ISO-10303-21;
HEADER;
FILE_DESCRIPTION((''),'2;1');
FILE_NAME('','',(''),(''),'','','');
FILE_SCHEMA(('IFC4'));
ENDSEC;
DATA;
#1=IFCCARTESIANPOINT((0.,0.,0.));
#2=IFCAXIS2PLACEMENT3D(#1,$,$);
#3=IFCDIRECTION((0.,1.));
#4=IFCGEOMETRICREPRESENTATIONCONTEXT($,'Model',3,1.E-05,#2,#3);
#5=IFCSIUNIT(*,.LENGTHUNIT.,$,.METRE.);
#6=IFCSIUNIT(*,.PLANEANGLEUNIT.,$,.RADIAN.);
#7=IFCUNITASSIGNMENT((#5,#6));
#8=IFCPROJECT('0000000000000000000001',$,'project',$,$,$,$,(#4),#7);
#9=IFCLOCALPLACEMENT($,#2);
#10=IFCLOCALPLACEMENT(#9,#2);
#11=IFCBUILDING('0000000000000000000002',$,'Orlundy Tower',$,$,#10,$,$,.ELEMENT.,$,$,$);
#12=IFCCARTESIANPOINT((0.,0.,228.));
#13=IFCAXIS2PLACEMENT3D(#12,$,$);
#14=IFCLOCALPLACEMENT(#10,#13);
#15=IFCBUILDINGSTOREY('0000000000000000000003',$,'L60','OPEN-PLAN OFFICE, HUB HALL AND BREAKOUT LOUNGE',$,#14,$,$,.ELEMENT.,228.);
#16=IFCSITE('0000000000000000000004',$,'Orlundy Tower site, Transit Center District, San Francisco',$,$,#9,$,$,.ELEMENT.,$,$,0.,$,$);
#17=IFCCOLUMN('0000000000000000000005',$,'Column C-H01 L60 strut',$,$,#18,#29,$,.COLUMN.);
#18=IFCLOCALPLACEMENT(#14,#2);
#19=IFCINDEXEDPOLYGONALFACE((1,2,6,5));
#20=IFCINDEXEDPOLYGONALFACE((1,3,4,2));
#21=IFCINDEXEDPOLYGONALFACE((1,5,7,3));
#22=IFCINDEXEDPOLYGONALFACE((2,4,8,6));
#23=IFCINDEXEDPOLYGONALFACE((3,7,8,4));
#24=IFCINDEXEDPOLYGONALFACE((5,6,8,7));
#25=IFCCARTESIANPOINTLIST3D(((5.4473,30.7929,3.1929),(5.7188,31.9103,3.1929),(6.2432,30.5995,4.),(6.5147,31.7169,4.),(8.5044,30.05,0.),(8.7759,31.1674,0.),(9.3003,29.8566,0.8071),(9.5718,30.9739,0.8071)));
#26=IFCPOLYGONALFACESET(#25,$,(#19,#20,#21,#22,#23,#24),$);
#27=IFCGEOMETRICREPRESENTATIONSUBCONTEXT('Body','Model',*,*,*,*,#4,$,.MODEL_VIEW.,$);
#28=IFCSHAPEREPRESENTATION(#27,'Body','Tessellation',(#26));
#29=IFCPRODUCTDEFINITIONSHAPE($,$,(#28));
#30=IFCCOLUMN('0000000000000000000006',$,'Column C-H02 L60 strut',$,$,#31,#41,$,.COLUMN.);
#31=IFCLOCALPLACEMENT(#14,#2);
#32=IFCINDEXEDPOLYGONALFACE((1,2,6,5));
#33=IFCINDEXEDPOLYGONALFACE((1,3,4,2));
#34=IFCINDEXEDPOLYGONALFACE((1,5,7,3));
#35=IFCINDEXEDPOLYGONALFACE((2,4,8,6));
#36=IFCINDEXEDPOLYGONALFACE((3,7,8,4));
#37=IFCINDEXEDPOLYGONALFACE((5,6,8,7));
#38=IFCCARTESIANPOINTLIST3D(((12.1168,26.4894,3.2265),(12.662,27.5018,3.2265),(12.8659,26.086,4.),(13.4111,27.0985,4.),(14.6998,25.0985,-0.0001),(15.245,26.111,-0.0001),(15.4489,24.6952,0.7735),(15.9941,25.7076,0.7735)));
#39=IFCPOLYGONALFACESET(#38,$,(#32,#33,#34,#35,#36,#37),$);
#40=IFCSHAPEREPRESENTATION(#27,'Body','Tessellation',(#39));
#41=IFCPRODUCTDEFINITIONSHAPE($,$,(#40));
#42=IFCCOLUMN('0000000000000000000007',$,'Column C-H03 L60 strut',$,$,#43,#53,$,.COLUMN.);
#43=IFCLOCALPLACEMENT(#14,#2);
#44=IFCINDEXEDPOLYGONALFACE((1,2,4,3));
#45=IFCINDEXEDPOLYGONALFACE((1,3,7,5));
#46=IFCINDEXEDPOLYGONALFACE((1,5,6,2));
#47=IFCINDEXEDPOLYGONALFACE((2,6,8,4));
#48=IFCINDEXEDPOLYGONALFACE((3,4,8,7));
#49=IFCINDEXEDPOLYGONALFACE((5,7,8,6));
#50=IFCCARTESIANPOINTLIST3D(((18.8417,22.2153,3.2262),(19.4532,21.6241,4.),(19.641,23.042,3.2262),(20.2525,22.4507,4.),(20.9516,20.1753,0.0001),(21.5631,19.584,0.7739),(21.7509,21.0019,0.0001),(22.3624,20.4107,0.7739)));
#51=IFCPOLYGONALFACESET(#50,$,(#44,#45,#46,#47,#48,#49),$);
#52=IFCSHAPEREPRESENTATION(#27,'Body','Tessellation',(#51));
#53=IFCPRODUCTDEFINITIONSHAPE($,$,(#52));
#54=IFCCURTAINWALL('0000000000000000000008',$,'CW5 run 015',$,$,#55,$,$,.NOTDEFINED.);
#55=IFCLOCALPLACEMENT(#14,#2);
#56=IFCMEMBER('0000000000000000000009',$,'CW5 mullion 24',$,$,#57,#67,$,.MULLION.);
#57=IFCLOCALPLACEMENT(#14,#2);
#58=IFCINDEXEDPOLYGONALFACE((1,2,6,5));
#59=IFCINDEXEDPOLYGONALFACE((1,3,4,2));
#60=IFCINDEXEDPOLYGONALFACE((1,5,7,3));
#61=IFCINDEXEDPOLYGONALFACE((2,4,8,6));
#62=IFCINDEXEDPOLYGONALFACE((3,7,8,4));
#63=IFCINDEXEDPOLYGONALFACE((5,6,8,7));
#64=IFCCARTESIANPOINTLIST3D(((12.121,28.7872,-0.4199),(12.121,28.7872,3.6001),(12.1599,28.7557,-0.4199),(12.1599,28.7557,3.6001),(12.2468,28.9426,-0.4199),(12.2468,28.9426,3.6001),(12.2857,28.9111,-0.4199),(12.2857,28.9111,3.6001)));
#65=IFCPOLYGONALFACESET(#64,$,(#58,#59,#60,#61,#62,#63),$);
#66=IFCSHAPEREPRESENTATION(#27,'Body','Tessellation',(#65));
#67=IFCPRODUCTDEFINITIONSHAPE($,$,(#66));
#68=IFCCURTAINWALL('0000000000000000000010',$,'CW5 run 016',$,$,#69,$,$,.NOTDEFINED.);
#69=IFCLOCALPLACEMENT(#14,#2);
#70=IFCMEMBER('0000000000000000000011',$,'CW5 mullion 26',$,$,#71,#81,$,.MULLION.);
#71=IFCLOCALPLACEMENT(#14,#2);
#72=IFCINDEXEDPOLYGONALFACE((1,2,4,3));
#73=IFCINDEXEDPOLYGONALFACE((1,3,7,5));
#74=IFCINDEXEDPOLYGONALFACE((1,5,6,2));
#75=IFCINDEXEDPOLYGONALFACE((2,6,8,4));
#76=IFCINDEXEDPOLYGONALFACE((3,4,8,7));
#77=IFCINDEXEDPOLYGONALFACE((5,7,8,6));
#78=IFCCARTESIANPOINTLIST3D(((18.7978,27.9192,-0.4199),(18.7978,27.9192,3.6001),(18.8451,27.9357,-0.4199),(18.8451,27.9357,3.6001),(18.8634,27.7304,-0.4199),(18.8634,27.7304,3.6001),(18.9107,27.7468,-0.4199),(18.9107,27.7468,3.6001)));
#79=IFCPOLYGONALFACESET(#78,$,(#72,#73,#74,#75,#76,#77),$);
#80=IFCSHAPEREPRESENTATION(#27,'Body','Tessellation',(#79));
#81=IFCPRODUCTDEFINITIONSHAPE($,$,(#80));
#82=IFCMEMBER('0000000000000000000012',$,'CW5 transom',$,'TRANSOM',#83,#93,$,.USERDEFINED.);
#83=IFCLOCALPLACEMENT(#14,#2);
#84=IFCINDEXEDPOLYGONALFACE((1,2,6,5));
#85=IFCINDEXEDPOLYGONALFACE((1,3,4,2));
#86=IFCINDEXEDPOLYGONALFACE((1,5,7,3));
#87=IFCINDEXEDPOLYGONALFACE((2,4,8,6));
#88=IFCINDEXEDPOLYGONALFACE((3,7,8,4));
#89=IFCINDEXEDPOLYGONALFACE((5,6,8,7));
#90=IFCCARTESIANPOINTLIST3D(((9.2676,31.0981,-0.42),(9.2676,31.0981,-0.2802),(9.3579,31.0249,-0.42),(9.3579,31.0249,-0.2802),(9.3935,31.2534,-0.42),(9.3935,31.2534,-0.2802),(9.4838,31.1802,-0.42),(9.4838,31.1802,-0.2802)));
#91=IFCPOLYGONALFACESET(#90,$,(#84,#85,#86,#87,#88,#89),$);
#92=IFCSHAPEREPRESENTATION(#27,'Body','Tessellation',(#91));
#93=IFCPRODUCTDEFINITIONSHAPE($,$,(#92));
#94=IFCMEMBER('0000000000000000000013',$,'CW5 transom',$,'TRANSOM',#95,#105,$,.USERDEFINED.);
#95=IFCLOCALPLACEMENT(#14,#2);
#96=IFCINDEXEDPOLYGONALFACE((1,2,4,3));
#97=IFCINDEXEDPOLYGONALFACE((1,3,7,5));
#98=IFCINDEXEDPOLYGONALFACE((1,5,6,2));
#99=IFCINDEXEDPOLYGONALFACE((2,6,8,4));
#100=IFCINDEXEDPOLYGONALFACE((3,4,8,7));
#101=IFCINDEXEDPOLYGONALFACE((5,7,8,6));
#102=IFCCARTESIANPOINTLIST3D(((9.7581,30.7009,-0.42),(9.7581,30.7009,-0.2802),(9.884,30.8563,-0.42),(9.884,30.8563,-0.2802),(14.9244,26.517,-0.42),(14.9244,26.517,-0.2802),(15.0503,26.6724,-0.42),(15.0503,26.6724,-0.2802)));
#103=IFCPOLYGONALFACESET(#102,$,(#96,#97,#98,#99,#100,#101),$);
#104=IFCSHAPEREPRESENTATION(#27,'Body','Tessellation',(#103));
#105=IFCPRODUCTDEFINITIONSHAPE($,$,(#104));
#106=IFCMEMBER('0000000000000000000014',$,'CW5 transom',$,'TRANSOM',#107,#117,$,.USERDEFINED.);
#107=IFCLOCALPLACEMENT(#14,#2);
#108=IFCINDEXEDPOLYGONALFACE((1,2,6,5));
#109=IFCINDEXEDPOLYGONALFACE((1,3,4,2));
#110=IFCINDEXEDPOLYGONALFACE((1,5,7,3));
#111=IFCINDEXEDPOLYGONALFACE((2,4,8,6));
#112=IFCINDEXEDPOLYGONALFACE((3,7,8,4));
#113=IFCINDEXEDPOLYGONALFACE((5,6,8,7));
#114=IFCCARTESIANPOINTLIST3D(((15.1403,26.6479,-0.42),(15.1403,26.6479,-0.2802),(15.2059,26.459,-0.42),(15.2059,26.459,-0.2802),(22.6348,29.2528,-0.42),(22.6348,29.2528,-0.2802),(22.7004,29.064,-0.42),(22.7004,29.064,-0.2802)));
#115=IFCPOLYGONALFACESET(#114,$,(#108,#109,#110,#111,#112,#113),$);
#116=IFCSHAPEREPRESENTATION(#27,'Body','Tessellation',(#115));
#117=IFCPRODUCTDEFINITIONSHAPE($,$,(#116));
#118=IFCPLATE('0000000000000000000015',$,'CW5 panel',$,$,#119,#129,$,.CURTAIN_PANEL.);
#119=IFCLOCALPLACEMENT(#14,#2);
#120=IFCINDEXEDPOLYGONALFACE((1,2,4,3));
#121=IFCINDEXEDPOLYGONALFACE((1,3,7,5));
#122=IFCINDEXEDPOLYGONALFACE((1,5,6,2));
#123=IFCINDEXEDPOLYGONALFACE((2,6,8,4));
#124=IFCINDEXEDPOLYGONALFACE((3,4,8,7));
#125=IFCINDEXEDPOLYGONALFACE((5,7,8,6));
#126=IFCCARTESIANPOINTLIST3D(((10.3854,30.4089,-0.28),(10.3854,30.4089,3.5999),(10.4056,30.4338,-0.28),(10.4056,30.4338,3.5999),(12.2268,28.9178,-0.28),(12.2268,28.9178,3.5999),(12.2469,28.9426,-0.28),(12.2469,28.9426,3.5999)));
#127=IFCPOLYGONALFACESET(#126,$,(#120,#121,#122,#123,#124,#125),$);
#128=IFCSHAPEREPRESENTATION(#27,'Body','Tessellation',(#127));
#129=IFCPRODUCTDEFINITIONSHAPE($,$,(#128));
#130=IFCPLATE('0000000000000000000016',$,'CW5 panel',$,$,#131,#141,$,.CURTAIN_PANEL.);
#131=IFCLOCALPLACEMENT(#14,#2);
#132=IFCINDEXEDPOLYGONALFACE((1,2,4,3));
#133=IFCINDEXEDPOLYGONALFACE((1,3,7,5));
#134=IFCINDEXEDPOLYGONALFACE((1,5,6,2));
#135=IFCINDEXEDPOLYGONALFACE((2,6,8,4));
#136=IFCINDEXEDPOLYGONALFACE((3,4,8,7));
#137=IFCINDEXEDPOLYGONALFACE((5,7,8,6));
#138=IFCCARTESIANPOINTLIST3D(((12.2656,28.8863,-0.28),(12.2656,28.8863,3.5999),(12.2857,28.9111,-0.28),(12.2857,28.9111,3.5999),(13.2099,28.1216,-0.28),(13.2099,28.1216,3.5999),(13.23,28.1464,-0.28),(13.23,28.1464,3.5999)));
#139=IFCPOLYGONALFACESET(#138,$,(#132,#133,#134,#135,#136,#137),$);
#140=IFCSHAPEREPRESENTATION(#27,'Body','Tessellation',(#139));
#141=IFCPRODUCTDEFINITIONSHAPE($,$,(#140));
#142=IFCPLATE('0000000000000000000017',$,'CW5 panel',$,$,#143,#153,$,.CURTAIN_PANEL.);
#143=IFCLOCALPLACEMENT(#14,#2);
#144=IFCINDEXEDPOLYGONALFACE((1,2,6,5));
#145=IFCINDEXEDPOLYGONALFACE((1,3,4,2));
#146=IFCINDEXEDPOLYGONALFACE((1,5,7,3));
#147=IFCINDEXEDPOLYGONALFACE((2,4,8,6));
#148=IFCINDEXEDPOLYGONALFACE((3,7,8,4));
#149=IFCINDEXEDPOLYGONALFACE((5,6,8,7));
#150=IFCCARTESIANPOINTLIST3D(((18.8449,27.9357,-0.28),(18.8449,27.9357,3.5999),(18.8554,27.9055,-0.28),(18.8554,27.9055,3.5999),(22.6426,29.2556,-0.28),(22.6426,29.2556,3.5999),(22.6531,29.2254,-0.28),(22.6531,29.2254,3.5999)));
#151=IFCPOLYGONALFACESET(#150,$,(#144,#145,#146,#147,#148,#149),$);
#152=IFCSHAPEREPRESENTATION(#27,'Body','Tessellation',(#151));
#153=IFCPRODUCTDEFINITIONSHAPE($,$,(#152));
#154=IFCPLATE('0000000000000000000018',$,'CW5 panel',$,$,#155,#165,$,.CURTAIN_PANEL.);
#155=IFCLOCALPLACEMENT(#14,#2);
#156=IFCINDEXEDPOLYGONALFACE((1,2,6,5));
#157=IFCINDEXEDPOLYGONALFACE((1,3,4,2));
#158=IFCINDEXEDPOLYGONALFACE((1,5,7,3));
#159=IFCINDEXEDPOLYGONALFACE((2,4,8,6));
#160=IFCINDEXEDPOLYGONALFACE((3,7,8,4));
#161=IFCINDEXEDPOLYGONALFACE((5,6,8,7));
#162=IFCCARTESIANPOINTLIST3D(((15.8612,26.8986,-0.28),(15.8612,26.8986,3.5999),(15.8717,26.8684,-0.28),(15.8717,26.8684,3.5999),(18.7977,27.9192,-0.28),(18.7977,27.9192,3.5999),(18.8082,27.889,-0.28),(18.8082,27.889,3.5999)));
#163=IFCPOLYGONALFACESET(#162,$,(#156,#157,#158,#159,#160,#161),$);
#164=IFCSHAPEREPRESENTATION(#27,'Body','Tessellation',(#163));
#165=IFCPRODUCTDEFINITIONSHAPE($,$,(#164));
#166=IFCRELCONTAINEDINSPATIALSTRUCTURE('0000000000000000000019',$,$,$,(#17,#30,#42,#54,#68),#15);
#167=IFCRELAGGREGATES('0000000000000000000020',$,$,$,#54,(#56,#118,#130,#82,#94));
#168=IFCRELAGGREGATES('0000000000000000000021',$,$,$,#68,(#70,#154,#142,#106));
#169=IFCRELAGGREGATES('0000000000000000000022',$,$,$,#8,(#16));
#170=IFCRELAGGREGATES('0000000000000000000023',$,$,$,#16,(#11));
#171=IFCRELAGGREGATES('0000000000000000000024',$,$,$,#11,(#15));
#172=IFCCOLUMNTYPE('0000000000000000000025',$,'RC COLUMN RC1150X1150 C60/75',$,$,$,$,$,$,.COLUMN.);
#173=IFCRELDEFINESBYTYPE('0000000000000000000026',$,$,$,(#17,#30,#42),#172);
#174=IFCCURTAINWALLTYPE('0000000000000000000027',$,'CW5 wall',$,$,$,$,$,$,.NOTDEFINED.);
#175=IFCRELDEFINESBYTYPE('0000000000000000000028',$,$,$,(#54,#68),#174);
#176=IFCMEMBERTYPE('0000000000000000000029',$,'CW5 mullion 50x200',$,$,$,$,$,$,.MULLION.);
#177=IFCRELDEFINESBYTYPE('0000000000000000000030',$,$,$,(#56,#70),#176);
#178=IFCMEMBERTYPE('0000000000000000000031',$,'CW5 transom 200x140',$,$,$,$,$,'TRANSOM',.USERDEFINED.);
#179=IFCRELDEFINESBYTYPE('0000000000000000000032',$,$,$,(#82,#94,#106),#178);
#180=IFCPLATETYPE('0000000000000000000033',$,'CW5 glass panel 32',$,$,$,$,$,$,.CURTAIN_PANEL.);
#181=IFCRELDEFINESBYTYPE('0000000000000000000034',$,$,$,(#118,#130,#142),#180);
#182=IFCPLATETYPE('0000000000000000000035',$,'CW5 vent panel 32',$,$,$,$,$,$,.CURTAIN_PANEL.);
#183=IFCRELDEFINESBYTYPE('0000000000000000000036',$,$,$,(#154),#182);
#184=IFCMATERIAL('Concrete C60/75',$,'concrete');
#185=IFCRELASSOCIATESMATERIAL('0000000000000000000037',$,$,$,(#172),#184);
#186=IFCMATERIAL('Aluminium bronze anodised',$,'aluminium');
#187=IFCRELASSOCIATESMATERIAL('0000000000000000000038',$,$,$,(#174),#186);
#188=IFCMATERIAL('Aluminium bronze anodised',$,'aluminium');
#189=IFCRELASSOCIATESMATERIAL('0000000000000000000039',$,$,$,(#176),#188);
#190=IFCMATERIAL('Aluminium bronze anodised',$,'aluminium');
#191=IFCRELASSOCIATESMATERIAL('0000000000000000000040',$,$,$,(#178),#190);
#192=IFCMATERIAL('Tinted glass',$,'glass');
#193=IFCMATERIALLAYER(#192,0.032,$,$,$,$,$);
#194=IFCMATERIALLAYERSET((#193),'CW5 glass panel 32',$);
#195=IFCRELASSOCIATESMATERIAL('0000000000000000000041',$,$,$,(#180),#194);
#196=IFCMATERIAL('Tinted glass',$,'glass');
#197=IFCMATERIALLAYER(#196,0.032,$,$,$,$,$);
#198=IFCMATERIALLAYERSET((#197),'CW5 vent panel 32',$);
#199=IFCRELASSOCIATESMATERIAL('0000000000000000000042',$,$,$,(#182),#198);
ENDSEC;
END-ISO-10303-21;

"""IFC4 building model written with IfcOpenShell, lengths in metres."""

from ifc_helpers import new_model, si_unit, direction, frame, origin, origin_2d, place, context, subcontext, project, spatial, rectangle, extrude, material, layer, layer_set, material_profile, profile_set, type_object, element, aggregate, save


model = new_model("IFC4")

# Units and contexts
model_context = context("Model", 3, precision=1e-05, world=origin(), true_north=direction((0.0, 1.0)))
body_context = subcontext(model_context, "Body", "Model", "MODEL_VIEW")
ifc_project = project(units=[si_unit("LENGTHUNIT", "METRE"), si_unit("PLANEANGLEUNIT", "RADIAN")], contexts=[model_context])

# Site, building, storey
site_placement = place(None, origin())
site = spatial("IfcSite", under=ifc_project, at=site_placement, Name="Orlundy Tower site, Transit Center District, San Francisco", CompositionType="ELEMENT", RefElevation=0.0)
building_placement = place(site_placement, origin())
building = spatial("IfcBuilding", under=site, at=building_placement, Name="Orlundy Tower", CompositionType="ELEMENT")
storey_placement = place(building_placement, frame((0.0, 0.0, 228.0)))
storey = spatial("IfcBuildingStorey", under=building, at=storey_placement, Name="L60", Description="OPEN-PLAN OFFICE, HUB HALL AND BREAKOUT LOUNGE", CompositionType="ELEMENT", Elevation=228.0)

# Columns
ifc_material_1 = material(Name="Concrete C60/75", Category="concrete")
ifc_material_profile_1 = material_profile(ifc_material_1, rectangle(XDim=1.1499, YDim=1.1499, at=origin_2d()), Name="RC1150X1150")
ifc_profile_set_1 = profile_set([ifc_material_profile_1], Name="Concrete C60/75")
column_type = type_object("IfcColumnType", Name="RC COLUMN RC1150X1150 C60/75", PredefinedType="COLUMN", material=ifc_profile_set_1)
column_1_placement = place(storey_placement, frame((9.0381, 30.512, 0.4036), z_axis=(-0.682021, 0.16574, 0.712304), x_axis=(-0.23614, -0.971719, 0.0)))
element("IfcColumn", 1, at=column_1_placement, inside=storey, type_object=column_type, Name="Column C-H01 L60 strut", PredefinedType="COLUMN", context=body_context, shape_type="SweptSolid", body=[
    extrude(rectangle(XDim=1.1499, YDim=1.1499, at=origin_2d()), origin(), (0.0, 0.0, 1.0), 4.4824),
])
column_2_placement = place(storey_placement, frame((15.3469, 25.4031, 0.3867), z_axis=(-0.592315, 0.318943, 0.73989), x_axis=(-0.474105, -0.880468, 0.0)))
element("IfcColumn", 2, at=column_2_placement, inside=storey, type_object=column_type, Name="Column C-H02 L60 strut", PredefinedType="COLUMN", context=body_context, shape_type="SweptSolid", body=[
    extrude(rectangle(XDim=1.1499, YDim=1.1499, at=origin_2d()), origin(), (0.0, 0.0, 1.0), 4.3608),
])
column_3_placement = place(storey_placement, frame((21.657, 20.293, 0.387), z_axis=(-0.483771, 0.467761, 0.739707), x_axis=(-0.695111, -0.718902, 0.0)))
element("IfcColumn", 3, at=column_3_placement, inside=storey, type_object=column_type, Name="Column C-H03 L60 strut", PredefinedType="COLUMN", context=body_context, shape_type="SweptSolid", body=[
    extrude(rectangle(XDim=1.1499, YDim=1.1499, at=origin_2d()), origin(), (0.0, 0.0, 1.0), 4.3613),
])

# Curtain walls, members
ifc_material_2 = material(Name="Aluminium bronze anodised", Category="aluminium")
curtain_wall_type = type_object("IfcCurtainWallType", Name="CW5 wall", PredefinedType="NOTDEFINED", material=ifc_material_2)
curtain_wall_1_placement = place(storey_placement, origin())
curtain_wall_1 = element("IfcCurtainWall", 4, at=curtain_wall_1_placement, inside=storey, type_object=curtain_wall_type, Name="CW5 run 015", PredefinedType="NOTDEFINED")
ifc_material_3 = material(Name="Aluminium bronze anodised", Category="aluminium")
ifc_material_profile_2 = material_profile(ifc_material_3, rectangle(XDim=0.2, YDim=0.05, at=origin_2d()), Name="CW5 mullion 50x200")
ifc_profile_set_2 = profile_set([ifc_material_profile_2], Name="Aluminium bronze anodised")
member_type_1 = type_object("IfcMemberType", Name="CW5 mullion 50x200", PredefinedType="MULLION", material=ifc_profile_set_2)
member_1_placement = place(storey_placement, frame((12.2034, 28.8491, -0.4199), z_axis=(0.0, 0.0, 1.0), x_axis=(0.629344, 0.777127, 0.0)))
member_1 = element("IfcMember", 5, at=member_1_placement, type_object=member_type_1, Name="CW5 mullion 24", PredefinedType="MULLION", context=body_context, shape_type="SweptSolid", body=[
    extrude(rectangle(XDim=0.2, YDim=0.05, at=origin_2d()), origin(), (0.0, 0.0, 1.0), 4.02),
])
curtain_wall_2_placement = place(storey_placement, origin())
curtain_wall_2 = element("IfcCurtainWall", 6, at=curtain_wall_2_placement, inside=storey, type_object=curtain_wall_type, Name="CW5 run 016", PredefinedType="NOTDEFINED")
member_2_placement = place(storey_placement, frame((18.8542, 27.833, -0.4199), z_axis=(0.0, 0.0, 1.0), x_axis=(-0.328305, 0.944572, 0.0)))
member_2 = element("IfcMember", 7, at=member_2_placement, type_object=member_type_1, Name="CW5 mullion 26", PredefinedType="MULLION", context=body_context, shape_type="SweptSolid", body=[
    extrude(rectangle(XDim=0.2, YDim=0.05, at=origin_2d()), origin(), (0.0, 0.0, 1.0), 4.02),
])

# Members
ifc_material_4 = material(Name="Aluminium bronze anodised", Category="aluminium")
ifc_material_profile_3 = material_profile(ifc_material_4, rectangle(XDim=0.2, YDim=0.1399, at=origin_2d()), Name="CW5 transom 200x140")
ifc_profile_set_3 = profile_set([ifc_material_profile_3], Name="Aluminium bronze anodised")
member_type_2 = type_object("IfcMemberType", Name="CW5 transom 200x140", ElementType="TRANSOM", PredefinedType="USERDEFINED", material=ifc_profile_set_3)
member_3_placement = place(storey_placement, frame((9.3306, 31.1758, -0.3501), z_axis=(0.776756, -0.629802, 0.0), x_axis=(0.629802, 0.776756, 0.0)))
member_3 = element("IfcMember", 8, at=member_3_placement, type_object=member_type_2, Name="CW5 transom", ObjectType="TRANSOM", PredefinedType="USERDEFINED", context=body_context, shape_type="SweptSolid", body=[
    extrude(rectangle(XDim=0.2, YDim=0.1399, at=origin_2d()), origin(), (0.0, 0.0, 1.0), 0.1162),
])
member_4_placement = place(storey_placement, frame((9.821, 30.7786, -0.3501), z_axis=(0.777125, -0.629346, 0.0), x_axis=(0.629346, 0.777125, 0.0)))
member_4 = element("IfcMember", 9, at=member_4_placement, type_object=member_type_2, Name="CW5 transom", ObjectType="TRANSOM", PredefinedType="USERDEFINED", context=body_context, shape_type="SweptSolid", body=[
    extrude(rectangle(XDim=0.2, YDim=0.1399, at=origin_2d()), origin(), (0.0, 0.0, 1.0), 6.6479),
])
member_5_placement = place(storey_placement, frame((15.1731, 26.5535, -0.3501), z_axis=(0.944569, 0.328313, 0.0), x_axis=(-0.328313, 0.944569, 0.0)))
member_5 = element("IfcMember", 10, at=member_5_placement, type_object=member_type_2, Name="CW5 transom", ObjectType="TRANSOM", PredefinedType="USERDEFINED", context=body_context, shape_type="SweptSolid", body=[
    extrude(rectangle(XDim=0.2, YDim=0.1399, at=origin_2d()), origin(), (0.0, 0.0, 1.0), 7.9343),
])

# Plates
ifc_material_5 = material(Name="Tinted glass", Category="glass")
ifc_layer_1 = layer(ifc_material_5, 0.032)
ifc_layer_set_1 = layer_set([ifc_layer_1], Name="CW5 glass panel 32")
plate_type_1 = type_object("IfcPlateType", Name="CW5 glass panel 32", PredefinedType="CURTAIN_PANEL", material=ifc_layer_set_1)
plate_1_placement = place(storey_placement, frame((11.3162, 29.6758, -0.28), z_axis=(0.0, 0.0, 1.0), x_axis=(0.777127, -0.629344, 0.0)))
plate_1 = element("IfcPlate", 11, at=plate_1_placement, type_object=plate_type_1, Name="CW5 panel", PredefinedType="CURTAIN_PANEL", context=body_context, shape_type="SweptSolid", body=[
    extrude(rectangle(XDim=2.3694, YDim=0.032, at=origin_2d()), origin(), (0.0, 0.0, 1.0), 3.8799),
])
plate_2_placement = place(storey_placement, frame((12.7478, 28.5164, -0.28), z_axis=(0.0, 0.0, 1.0), x_axis=(0.777127, -0.629344, 0.0)))
plate_2 = element("IfcPlate", 12, at=plate_2_placement, type_object=plate_type_1, Name="CW5 panel", PredefinedType="CURTAIN_PANEL", context=body_context, shape_type="SweptSolid", body=[
    extrude(rectangle(XDim=1.2151, YDim=0.032, at=origin_2d()), origin(), (0.0, 0.0, 1.0), 3.8799),
])
aggregate(curtain_wall_1, [member_1, plate_1, plate_2, member_3, member_4])
plate_3_placement = place(storey_placement, frame((20.749, 28.5806, -0.28), z_axis=(0.0, 0.0, 1.0), x_axis=(0.944572, 0.328305, 0.0)))
plate_3 = element("IfcPlate", 13, at=plate_3_placement, type_object=plate_type_1, Name="CW5 panel", PredefinedType="CURTAIN_PANEL", context=body_context, shape_type="SweptSolid", body=[
    extrude(rectangle(XDim=4.0205, YDim=0.032, at=origin_2d()), origin(), (0.0, 0.0, 1.0), 3.8799),
])
ifc_material_6 = material(Name="Tinted glass", Category="glass")
ifc_layer_2 = layer(ifc_material_6, 0.032)
ifc_layer_set_2 = layer_set([ifc_layer_2], Name="CW5 vent panel 32")
plate_type_2 = type_object("IfcPlateType", Name="CW5 vent panel 32", PredefinedType="CURTAIN_PANEL", material=ifc_layer_set_2)
plate_4_placement = place(storey_placement, frame((17.3347, 27.3938, -0.28), z_axis=(0.0, 0.0, 1.0), x_axis=(0.944572, 0.328305, 0.0)))
plate_4 = element("IfcPlate", 14, at=plate_4_placement, type_object=plate_type_2, Name="CW5 panel", PredefinedType="CURTAIN_PANEL", context=body_context, shape_type="SweptSolid", body=[
    extrude(rectangle(XDim=3.1089, YDim=0.032, at=origin_2d()), origin(), (0.0, 0.0, 1.0), 3.8799),
])
aggregate(curtain_wall_2, [member_2, plate_4, plate_3, member_5])

save(model, "model.ifc")
